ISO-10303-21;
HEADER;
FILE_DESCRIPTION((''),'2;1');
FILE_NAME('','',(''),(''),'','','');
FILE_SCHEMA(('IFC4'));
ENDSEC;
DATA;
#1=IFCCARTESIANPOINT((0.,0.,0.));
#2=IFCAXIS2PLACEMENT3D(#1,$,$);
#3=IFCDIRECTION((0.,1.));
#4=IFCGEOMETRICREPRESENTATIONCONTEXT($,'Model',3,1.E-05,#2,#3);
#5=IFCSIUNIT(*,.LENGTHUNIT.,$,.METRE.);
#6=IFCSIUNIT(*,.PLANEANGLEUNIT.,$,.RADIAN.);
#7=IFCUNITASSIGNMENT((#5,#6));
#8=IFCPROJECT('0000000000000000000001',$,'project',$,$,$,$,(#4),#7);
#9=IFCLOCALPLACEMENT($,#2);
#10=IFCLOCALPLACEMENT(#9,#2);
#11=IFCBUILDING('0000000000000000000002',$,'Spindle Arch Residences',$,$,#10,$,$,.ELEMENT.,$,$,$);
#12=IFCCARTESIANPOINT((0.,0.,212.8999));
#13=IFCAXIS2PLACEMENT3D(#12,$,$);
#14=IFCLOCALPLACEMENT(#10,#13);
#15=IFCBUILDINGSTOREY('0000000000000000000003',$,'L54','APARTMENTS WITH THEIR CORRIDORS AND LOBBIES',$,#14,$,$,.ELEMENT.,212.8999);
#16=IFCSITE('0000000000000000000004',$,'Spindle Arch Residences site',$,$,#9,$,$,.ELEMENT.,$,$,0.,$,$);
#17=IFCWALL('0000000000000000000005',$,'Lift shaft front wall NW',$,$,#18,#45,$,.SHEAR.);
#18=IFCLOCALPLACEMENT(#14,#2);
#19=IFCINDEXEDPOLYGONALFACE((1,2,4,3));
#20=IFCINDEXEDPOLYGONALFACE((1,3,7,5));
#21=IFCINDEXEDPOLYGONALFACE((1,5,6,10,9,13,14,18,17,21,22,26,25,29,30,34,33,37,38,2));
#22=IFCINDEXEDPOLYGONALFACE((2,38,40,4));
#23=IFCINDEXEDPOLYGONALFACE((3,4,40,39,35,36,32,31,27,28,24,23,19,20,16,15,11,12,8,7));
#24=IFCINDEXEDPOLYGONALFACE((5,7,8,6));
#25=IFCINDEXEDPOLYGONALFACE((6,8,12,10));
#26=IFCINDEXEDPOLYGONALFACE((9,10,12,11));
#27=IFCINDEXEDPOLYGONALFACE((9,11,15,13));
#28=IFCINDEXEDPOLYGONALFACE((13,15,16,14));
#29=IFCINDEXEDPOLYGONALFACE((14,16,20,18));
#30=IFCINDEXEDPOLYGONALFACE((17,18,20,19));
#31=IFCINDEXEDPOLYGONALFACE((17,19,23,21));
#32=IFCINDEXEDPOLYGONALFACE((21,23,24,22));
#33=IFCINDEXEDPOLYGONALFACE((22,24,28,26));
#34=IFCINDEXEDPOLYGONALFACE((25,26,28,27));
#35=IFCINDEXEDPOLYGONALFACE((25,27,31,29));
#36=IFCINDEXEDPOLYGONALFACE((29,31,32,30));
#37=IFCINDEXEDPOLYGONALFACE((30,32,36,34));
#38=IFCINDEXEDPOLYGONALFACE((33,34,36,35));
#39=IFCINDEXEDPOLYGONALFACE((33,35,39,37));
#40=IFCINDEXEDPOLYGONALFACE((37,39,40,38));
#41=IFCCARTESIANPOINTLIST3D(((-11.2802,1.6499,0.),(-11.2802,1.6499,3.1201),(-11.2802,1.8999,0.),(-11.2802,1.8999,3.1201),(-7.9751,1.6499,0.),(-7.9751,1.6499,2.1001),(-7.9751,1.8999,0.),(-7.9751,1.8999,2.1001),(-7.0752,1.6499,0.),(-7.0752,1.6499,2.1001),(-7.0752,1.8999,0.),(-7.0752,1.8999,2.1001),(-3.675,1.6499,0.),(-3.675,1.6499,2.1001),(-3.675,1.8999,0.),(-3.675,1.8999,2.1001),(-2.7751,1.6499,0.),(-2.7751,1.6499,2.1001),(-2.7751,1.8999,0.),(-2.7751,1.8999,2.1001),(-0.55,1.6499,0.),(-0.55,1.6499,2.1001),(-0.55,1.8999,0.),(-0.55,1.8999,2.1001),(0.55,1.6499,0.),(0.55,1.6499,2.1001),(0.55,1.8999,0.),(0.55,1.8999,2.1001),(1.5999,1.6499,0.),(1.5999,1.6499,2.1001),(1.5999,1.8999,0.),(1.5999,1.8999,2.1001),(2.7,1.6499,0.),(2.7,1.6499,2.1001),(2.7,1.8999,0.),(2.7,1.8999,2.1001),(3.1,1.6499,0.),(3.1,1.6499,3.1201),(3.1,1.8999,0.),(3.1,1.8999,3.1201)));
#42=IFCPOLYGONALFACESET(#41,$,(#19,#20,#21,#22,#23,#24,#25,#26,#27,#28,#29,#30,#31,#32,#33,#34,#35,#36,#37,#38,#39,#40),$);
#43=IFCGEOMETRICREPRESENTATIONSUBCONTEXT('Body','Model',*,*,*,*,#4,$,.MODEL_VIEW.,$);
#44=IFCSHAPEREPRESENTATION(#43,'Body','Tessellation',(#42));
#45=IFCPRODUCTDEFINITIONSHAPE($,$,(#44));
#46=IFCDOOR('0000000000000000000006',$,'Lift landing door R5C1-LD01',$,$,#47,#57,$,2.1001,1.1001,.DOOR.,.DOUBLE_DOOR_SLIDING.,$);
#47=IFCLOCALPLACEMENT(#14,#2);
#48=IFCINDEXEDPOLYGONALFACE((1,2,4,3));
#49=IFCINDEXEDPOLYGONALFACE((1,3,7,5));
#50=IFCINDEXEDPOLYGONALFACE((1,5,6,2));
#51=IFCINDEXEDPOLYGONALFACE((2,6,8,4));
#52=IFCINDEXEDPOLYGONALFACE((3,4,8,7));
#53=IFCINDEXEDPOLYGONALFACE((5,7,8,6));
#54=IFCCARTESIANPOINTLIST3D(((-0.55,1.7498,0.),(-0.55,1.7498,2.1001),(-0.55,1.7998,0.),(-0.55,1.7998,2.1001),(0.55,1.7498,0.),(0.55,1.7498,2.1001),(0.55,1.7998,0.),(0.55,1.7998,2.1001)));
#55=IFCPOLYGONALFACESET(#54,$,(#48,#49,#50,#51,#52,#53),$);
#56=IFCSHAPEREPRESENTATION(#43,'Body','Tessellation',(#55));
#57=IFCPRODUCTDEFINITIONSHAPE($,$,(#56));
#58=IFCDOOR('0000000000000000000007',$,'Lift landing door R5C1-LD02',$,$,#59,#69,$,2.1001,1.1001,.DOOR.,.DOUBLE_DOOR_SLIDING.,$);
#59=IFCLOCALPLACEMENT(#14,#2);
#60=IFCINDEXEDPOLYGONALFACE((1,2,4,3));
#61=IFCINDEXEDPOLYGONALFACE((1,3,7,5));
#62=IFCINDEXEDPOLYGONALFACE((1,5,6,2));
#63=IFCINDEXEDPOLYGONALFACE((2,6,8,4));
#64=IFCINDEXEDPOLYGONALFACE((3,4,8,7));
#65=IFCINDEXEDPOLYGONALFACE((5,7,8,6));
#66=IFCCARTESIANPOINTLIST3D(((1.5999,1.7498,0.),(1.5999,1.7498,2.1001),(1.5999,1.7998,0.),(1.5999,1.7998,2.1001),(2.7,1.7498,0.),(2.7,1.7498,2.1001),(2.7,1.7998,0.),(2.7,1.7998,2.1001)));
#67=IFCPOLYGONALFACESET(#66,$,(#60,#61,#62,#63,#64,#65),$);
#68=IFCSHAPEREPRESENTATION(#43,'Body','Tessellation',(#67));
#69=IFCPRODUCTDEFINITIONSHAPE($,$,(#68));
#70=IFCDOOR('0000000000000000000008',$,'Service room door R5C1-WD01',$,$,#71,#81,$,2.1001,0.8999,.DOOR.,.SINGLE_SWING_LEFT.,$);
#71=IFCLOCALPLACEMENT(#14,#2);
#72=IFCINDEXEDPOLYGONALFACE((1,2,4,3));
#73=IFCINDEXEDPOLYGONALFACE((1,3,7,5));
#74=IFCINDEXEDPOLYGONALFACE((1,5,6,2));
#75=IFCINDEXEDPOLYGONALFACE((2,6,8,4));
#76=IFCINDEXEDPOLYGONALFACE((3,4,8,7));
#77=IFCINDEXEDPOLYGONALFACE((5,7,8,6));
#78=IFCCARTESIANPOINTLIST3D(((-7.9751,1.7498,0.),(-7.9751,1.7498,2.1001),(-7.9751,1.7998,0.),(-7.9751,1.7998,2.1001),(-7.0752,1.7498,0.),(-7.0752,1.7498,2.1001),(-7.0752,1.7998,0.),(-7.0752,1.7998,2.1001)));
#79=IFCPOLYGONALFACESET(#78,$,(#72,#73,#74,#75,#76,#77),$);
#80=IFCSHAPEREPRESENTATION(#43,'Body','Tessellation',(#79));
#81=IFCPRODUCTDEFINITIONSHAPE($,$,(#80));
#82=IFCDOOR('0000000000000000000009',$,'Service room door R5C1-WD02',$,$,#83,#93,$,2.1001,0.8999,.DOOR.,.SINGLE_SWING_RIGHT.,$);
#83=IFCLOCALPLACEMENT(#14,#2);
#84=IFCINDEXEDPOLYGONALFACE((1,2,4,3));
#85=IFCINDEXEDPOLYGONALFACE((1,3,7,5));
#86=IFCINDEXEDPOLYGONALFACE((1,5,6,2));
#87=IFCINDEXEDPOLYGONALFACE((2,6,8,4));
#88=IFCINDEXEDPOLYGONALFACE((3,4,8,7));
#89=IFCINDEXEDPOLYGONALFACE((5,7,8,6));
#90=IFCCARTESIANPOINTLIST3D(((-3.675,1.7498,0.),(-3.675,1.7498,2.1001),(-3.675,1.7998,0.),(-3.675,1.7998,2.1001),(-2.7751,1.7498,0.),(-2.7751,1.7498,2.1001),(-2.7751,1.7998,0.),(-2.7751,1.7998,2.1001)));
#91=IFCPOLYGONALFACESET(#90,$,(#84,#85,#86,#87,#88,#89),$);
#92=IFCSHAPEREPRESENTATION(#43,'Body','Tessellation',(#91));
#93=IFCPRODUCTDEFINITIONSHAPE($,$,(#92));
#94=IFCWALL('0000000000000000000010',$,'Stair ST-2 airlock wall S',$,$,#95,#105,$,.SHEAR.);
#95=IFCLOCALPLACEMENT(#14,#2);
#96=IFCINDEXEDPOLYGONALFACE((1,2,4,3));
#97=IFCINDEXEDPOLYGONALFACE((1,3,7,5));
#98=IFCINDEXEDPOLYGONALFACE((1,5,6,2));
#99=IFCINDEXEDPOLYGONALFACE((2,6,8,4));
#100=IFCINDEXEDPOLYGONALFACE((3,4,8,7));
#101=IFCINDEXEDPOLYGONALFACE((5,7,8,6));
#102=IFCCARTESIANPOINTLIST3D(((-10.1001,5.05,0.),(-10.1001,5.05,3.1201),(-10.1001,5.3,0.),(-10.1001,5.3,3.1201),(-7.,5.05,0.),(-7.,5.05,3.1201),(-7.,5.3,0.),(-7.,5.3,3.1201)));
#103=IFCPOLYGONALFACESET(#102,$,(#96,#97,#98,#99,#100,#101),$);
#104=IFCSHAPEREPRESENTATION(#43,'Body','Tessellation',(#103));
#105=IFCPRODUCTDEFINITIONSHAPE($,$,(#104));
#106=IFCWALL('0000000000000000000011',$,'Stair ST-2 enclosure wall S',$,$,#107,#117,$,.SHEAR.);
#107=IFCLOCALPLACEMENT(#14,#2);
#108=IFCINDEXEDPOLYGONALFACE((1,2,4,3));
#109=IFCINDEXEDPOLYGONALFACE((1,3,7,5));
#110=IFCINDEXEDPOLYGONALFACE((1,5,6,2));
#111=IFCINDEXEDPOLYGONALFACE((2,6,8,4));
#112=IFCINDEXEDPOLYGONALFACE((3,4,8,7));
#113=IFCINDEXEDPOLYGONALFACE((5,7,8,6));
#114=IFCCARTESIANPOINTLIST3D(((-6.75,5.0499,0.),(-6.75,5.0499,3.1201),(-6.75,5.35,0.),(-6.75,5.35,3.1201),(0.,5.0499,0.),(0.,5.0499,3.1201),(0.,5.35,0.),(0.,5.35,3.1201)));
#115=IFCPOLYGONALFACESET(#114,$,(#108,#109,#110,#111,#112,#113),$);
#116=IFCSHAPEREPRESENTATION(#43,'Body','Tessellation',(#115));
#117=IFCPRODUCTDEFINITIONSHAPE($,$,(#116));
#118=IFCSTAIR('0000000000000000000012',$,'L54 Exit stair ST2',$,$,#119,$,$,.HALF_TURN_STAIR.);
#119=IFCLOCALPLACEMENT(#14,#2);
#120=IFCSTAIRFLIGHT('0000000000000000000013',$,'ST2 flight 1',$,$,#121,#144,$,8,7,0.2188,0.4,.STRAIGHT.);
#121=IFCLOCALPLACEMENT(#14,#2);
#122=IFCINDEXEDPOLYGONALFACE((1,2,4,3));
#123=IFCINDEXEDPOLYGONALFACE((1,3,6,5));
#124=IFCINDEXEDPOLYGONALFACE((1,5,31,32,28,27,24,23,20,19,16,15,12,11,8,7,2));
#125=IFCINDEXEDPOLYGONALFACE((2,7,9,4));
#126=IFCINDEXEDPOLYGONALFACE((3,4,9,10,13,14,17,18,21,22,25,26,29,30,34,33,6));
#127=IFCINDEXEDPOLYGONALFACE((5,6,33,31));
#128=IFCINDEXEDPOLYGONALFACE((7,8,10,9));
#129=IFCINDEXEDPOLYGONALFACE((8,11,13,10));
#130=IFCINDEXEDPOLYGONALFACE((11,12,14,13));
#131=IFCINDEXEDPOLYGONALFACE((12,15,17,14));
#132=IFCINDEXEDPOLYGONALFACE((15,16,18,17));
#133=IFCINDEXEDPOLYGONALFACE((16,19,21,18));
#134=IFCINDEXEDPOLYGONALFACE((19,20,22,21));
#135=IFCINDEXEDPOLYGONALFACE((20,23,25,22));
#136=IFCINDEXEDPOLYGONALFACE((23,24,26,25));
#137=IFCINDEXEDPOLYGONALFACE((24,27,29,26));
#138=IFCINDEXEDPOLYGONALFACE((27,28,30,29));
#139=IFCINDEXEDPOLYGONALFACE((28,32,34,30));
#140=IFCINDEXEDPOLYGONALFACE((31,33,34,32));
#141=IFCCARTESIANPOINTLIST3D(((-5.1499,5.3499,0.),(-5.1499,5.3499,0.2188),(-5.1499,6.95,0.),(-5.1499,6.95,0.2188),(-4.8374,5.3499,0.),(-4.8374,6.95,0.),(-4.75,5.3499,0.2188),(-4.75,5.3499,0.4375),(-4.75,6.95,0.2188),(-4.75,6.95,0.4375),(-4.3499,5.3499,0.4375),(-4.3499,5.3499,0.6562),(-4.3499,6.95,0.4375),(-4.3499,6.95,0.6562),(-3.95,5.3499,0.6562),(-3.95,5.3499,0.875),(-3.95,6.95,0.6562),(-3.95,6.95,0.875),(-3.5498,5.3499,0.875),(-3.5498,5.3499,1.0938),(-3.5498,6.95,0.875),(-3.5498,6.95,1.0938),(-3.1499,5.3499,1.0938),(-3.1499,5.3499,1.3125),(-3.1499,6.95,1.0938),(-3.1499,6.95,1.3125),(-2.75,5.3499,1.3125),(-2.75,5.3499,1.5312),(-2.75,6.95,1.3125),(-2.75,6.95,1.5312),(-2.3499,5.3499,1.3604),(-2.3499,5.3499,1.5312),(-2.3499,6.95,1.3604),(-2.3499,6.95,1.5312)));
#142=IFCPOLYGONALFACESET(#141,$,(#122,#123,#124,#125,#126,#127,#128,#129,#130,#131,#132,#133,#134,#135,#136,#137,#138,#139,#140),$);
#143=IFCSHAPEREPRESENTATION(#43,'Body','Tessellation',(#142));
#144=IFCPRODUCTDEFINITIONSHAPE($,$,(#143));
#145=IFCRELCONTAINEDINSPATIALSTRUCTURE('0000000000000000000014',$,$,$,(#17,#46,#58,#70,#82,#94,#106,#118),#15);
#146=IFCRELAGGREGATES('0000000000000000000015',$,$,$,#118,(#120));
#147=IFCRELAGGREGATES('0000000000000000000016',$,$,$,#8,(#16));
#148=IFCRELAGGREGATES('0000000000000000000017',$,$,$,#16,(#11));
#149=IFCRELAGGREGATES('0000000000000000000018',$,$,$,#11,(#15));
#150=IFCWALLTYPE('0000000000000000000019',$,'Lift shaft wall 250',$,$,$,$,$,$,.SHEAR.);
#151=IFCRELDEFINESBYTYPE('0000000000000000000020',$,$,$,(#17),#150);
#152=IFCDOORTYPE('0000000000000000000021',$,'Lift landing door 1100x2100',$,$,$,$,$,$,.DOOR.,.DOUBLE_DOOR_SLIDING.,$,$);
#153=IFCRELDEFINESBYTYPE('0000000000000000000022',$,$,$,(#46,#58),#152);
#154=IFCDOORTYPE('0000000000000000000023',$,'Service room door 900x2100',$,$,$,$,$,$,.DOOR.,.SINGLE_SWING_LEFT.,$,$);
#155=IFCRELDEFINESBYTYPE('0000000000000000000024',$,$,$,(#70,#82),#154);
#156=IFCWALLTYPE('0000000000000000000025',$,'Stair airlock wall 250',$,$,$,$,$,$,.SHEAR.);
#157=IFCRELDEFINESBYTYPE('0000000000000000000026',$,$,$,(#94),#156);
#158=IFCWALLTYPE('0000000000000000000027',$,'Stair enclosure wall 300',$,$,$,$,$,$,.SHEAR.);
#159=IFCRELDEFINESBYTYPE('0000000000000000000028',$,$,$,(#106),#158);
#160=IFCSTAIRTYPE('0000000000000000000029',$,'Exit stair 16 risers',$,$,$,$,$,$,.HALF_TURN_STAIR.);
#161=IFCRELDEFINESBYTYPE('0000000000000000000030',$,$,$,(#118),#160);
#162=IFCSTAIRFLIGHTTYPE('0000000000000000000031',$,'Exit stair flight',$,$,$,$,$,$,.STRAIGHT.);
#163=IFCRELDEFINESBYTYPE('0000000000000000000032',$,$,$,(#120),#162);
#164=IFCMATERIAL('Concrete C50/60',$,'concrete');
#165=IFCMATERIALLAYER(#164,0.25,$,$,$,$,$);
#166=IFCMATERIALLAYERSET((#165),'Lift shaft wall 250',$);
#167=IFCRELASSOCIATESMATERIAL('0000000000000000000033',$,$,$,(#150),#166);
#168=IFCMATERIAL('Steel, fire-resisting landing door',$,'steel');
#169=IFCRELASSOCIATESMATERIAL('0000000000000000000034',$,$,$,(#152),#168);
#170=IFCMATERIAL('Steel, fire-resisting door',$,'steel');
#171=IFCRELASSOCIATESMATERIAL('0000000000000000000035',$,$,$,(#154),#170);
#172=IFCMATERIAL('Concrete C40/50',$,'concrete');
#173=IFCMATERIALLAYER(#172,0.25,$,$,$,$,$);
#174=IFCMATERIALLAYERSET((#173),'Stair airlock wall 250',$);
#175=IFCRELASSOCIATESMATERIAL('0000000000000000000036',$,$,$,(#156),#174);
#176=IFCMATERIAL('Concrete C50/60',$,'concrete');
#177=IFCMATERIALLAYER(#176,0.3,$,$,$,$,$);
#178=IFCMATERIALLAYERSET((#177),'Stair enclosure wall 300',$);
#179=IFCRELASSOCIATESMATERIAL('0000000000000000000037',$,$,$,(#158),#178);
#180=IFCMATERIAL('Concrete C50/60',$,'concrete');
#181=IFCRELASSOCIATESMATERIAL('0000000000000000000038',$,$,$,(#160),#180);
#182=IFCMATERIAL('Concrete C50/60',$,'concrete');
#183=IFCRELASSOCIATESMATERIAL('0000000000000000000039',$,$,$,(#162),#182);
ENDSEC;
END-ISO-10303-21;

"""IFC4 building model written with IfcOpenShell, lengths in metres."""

from ifc_helpers import new_model, si_unit, direction, frame, frame_2d, origin, place, context, subcontext, project, spatial, polyline, rectangle, outline, extrude, material, layer, layer_set, type_object, element, fill, aggregate, save


model = new_model("IFC4")

# Units and contexts
model_context = context("Model", 3, precision=1e-05, world=origin(), true_north=direction((0.0, 1.0)))
body_context = subcontext(model_context, "Body", "Model", "MODEL_VIEW")
ifc_project = project(units=[si_unit("LENGTHUNIT", "METRE"), si_unit("PLANEANGLEUNIT", "RADIAN")], contexts=[model_context])

# Site, building, storey
site_placement = place(None, origin())
site = spatial("IfcSite", under=ifc_project, at=site_placement, Name="Spindle Arch Residences site", CompositionType="ELEMENT", RefElevation=0.0)
building_placement = place(site_placement, origin())
building = spatial("IfcBuilding", under=site, at=building_placement, Name="Spindle Arch Residences", CompositionType="ELEMENT")
storey_placement = place(building_placement, frame((0.0, 0.0, 212.8999)))
storey = spatial("IfcBuildingStorey", under=building, at=storey_placement, Name="L54", Description="APARTMENTS WITH THEIR CORRIDORS AND LOBBIES", CompositionType="ELEMENT", Elevation=212.8999)

# Wall, openings, doors
ifc_material_1 = material(Name="Concrete C50/60", Category="concrete")
ifc_layer_1 = layer(ifc_material_1, 0.25)
ifc_layer_set_1 = layer_set([ifc_layer_1], Name="Lift shaft wall 250")
wall_type_1 = type_object("IfcWallType", Name="Lift shaft wall 250", PredefinedType="SHEAR", material=ifc_layer_set_1)
wall_1_placement = place(storey_placement, frame((-11.28, 1.7749, 0.0), z_axis=(0.0, 0.0, 1.0), x_axis=(1.0, 0.0, 0.0)))
wall_1 = element("IfcWall", 1, at=wall_1_placement, inside=storey, type_object=wall_type_1, Name="Lift shaft front wall NW", PredefinedType="SHEAR", context=body_context, shape_type="SweptSolid", body=[
    extrude(rectangle(XDim=14.3801, YDim=0.25, at=frame_2d((7.1899, 0.0))), origin(), (0.0, 0.0, 1.0), 3.1201),
])
opening_1_placement = place(wall_1_placement, frame((10.73, 0.0, 0.0)))
opening_1 = element("IfcOpeningElement", 2, at=opening_1_placement, cuts=wall_1, PredefinedType="OPENING", context=body_context, shape_type="SweptSolid", body=[
    extrude(rectangle(XDim=1.1001, YDim=2.1001, at=frame_2d((0.55, 1.05))), frame((0.0, 0.135, 0.0), z_axis=(0.0, -1.0, 0.0), x_axis=(1.0, 0.0, 0.0)), (0.0, 0.0, 1.0), 0.27),
])
opening_2_placement = place(wall_1_placement, frame((12.8799, 0.0, 0.0)))
opening_2 = element("IfcOpeningElement", 3, at=opening_2_placement, cuts=wall_1, PredefinedType="OPENING", context=body_context, shape_type="SweptSolid", body=[
    extrude(rectangle(XDim=1.1001, YDim=2.1001, at=frame_2d((0.55, 1.05))), frame((0.0, 0.135, 0.0), z_axis=(0.0, -1.0, 0.0), x_axis=(1.0, 0.0, 0.0)), (0.0, 0.0, 1.0), 0.27),
])
opening_3_placement = place(wall_1_placement, frame((3.3049, 0.0, 0.0)))
opening_3 = element("IfcOpeningElement", 4, at=opening_3_placement, cuts=wall_1, PredefinedType="OPENING", context=body_context, shape_type="SweptSolid", body=[
    extrude(rectangle(XDim=0.8999, YDim=2.1001, at=frame_2d((0.45, 1.05))), frame((0.0, 0.135, 0.0), z_axis=(0.0, -1.0, 0.0), x_axis=(1.0, 0.0, 0.0)), (0.0, 0.0, 1.0), 0.27),
])
opening_4_placement = place(wall_1_placement, frame((7.605, 0.0, 0.0)))
opening_4 = element("IfcOpeningElement", 5, at=opening_4_placement, cuts=wall_1, PredefinedType="OPENING", context=body_context, shape_type="SweptSolid", body=[
    extrude(rectangle(XDim=0.8999, YDim=2.1001, at=frame_2d((0.45, 1.05))), frame((0.0, 0.135, 0.0), z_axis=(0.0, -1.0, 0.0), x_axis=(1.0, 0.0, 0.0)), (0.0, 0.0, 1.0), 0.27),
])
ifc_material_2 = material(Name="Steel, fire-resisting landing door", Category="steel")
door_type_1 = type_object("IfcDoorType", Name="Lift landing door 1100x2100", OperationType="DOUBLE_DOOR_SLIDING", PredefinedType="DOOR", material=ifc_material_2)
door_1_placement = place(opening_1_placement, origin())
door_1 = element("IfcDoor", 6, at=door_1_placement, inside=storey, type_object=door_type_1, Name="Lift landing door R5C1-LD01", OperationType="DOUBLE_DOOR_SLIDING", OverallHeight=2.1001, OverallWidth=1.1001, PredefinedType="DOOR", context=body_context, shape_type="SweptSolid", body=[
    extrude(rectangle(XDim=1.1001, YDim=2.1001, at=frame_2d((0.55, 1.05))), frame((0.0, 0.0249, 0.0), z_axis=(0.0, -1.0, 0.0), x_axis=(1.0, 0.0, 0.0)), (0.0, 0.0, 1.0), 0.05),
])
fill(opening_1, door_1)
door_2_placement = place(opening_2_placement, origin())
door_2 = element("IfcDoor", 7, at=door_2_placement, inside=storey, type_object=door_type_1, Name="Lift landing door R5C1-LD02", OperationType="DOUBLE_DOOR_SLIDING", OverallHeight=2.1001, OverallWidth=1.1001, PredefinedType="DOOR", context=body_context, shape_type="SweptSolid", body=[
    extrude(rectangle(XDim=1.1001, YDim=2.1001, at=frame_2d((0.55, 1.05))), frame((0.0, 0.0249, 0.0), z_axis=(0.0, -1.0, 0.0), x_axis=(1.0, 0.0, 0.0)), (0.0, 0.0, 1.0), 0.05),
])
fill(opening_2, door_2)
ifc_material_3 = material(Name="Steel, fire-resisting door", Category="steel")
door_type_2 = type_object("IfcDoorType", Name="Service room door 900x2100", OperationType="SINGLE_SWING_LEFT", PredefinedType="DOOR", material=ifc_material_3)
door_3_placement = place(opening_3_placement, origin())
door_3 = element("IfcDoor", 8, at=door_3_placement, inside=storey, type_object=door_type_2, Name="Service room door R5C1-WD01", OperationType="SINGLE_SWING_LEFT", OverallHeight=2.1001, OverallWidth=0.8999, PredefinedType="DOOR", context=body_context, shape_type="SweptSolid", body=[
    extrude(rectangle(XDim=0.8999, YDim=2.1001, at=frame_2d((0.45, 1.05))), frame((0.0, 0.0249, 0.0), z_axis=(0.0, -1.0, 0.0), x_axis=(1.0, 0.0, 0.0)), (0.0, 0.0, 1.0), 0.05),
])
fill(opening_3, door_3)
door_4_placement = place(opening_4_placement, origin())
door_4 = element("IfcDoor", 9, at=door_4_placement, inside=storey, type_object=door_type_2, Name="Service room door R5C1-WD02", OperationType="SINGLE_SWING_RIGHT", OverallHeight=2.1001, OverallWidth=0.8999, PredefinedType="DOOR", context=body_context, shape_type="SweptSolid", body=[
    extrude(rectangle(XDim=0.8999, YDim=2.1001, at=frame_2d((0.45, 1.05))), frame((0.0, 0.0249, 0.0), z_axis=(0.0, -1.0, 0.0), x_axis=(1.0, 0.0, 0.0)), (0.0, 0.0, 1.0), 0.05),
])
fill(opening_4, door_4)

# Walls
ifc_material_4 = material(Name="Concrete C40/50", Category="concrete")
ifc_layer_2 = layer(ifc_material_4, 0.25)
ifc_layer_set_2 = layer_set([ifc_layer_2], Name="Stair airlock wall 250")
wall_type_2 = type_object("IfcWallType", Name="Stair airlock wall 250", PredefinedType="SHEAR", material=ifc_layer_set_2)
wall_2_placement = place(storey_placement, frame((-7.0, 5.175, 0.0), z_axis=(0.0, 0.0, 1.0), x_axis=(-1.0, 0.0, 0.0)))
element("IfcWall", 10, at=wall_2_placement, inside=storey, type_object=wall_type_2, Name="Stair ST-2 airlock wall S", PredefinedType="SHEAR", context=body_context, shape_type="SweptSolid", body=[
    extrude(rectangle(XDim=3.1001, YDim=0.25, at=frame_2d((1.55, 0.0))), origin(), (0.0, 0.0, 1.0), 3.1201),
])
ifc_material_5 = material(Name="Concrete C50/60", Category="concrete")
ifc_layer_3 = layer(ifc_material_5, 0.3)
ifc_layer_set_3 = layer_set([ifc_layer_3], Name="Stair enclosure wall 300")
wall_type_3 = type_object("IfcWallType", Name="Stair enclosure wall 300", PredefinedType="SHEAR", material=ifc_layer_set_3)
wall_3_placement = place(storey_placement, frame((-6.75, 5.2, 0.0), z_axis=(0.0, 0.0, 1.0), x_axis=(1.0, 0.0, 0.0)))
element("IfcWall", 11, at=wall_3_placement, inside=storey, type_object=wall_type_3, Name="Stair ST-2 enclosure wall S", PredefinedType="SHEAR", context=body_context, shape_type="SweptSolid", body=[
    extrude(rectangle(XDim=6.75, YDim=0.3, at=frame_2d((3.375, 0.0))), origin(), (0.0, 0.0, 1.0), 3.1201),
])

# Stair, stair flight
ifc_material_6 = material(Name="Concrete C50/60", Category="concrete")
stair_type = type_object("IfcStairType", Name="Exit stair 16 risers", PredefinedType="HALF_TURN_STAIR", material=ifc_material_6)
stair_placement = place(storey_placement, origin())
stair = element("IfcStair", 12, at=stair_placement, inside=storey, type_object=stair_type, Name="L54 Exit stair ST2", PredefinedType="HALF_TURN_STAIR")
ifc_material_7 = material(Name="Concrete C50/60", Category="concrete")
stair_flight_type = type_object("IfcStairFlightType", Name="Exit stair flight", PredefinedType="STRAIGHT", material=ifc_material_7)
stair_flight_1_placement = place(storey_placement, frame((-5.1499, 6.1499, 0.0), z_axis=(0.0, 0.0, 1.0), x_axis=(1.0, 0.0, 0.0)))
stair_flight_1 = element("IfcStairFlight", 13, at=stair_flight_1_placement, type_object=stair_flight_type, Name="ST2 flight 1", NumberOfRisers=8, NumberOfTreads=7, PredefinedType="STRAIGHT", RiserHeight=0.2188, TreadLength=0.4, context=body_context, shape_type="SweptSolid", body=[
    extrude(outline(polyline([(0.0, 0.0), (0.0, 0.2188), (0.3999, 0.2188), (0.3999, 0.4375), (0.8, 0.4375), (0.8, 0.6562), (1.2, 0.6562), (1.2, 0.875), (1.6001, 0.875), (1.6001, 1.0938), (2.0, 1.0938), (2.0, 1.3125), (2.3999, 1.3125), (2.3999, 1.5312), (2.8, 1.5312), (2.8, 1.75), (2.8, 1.3604), (0.3125, 0.0), (0.0, 0.0)])), frame((0.0, 0.8, 0.0), z_axis=(0.0, -1.0, 0.0), x_axis=(1.0, 0.0, 0.0)), (0.0, 0.0, 1.0), 1.6001),
])
aggregate(stair, [stair_flight_1])

save(model, "model.ifc")
